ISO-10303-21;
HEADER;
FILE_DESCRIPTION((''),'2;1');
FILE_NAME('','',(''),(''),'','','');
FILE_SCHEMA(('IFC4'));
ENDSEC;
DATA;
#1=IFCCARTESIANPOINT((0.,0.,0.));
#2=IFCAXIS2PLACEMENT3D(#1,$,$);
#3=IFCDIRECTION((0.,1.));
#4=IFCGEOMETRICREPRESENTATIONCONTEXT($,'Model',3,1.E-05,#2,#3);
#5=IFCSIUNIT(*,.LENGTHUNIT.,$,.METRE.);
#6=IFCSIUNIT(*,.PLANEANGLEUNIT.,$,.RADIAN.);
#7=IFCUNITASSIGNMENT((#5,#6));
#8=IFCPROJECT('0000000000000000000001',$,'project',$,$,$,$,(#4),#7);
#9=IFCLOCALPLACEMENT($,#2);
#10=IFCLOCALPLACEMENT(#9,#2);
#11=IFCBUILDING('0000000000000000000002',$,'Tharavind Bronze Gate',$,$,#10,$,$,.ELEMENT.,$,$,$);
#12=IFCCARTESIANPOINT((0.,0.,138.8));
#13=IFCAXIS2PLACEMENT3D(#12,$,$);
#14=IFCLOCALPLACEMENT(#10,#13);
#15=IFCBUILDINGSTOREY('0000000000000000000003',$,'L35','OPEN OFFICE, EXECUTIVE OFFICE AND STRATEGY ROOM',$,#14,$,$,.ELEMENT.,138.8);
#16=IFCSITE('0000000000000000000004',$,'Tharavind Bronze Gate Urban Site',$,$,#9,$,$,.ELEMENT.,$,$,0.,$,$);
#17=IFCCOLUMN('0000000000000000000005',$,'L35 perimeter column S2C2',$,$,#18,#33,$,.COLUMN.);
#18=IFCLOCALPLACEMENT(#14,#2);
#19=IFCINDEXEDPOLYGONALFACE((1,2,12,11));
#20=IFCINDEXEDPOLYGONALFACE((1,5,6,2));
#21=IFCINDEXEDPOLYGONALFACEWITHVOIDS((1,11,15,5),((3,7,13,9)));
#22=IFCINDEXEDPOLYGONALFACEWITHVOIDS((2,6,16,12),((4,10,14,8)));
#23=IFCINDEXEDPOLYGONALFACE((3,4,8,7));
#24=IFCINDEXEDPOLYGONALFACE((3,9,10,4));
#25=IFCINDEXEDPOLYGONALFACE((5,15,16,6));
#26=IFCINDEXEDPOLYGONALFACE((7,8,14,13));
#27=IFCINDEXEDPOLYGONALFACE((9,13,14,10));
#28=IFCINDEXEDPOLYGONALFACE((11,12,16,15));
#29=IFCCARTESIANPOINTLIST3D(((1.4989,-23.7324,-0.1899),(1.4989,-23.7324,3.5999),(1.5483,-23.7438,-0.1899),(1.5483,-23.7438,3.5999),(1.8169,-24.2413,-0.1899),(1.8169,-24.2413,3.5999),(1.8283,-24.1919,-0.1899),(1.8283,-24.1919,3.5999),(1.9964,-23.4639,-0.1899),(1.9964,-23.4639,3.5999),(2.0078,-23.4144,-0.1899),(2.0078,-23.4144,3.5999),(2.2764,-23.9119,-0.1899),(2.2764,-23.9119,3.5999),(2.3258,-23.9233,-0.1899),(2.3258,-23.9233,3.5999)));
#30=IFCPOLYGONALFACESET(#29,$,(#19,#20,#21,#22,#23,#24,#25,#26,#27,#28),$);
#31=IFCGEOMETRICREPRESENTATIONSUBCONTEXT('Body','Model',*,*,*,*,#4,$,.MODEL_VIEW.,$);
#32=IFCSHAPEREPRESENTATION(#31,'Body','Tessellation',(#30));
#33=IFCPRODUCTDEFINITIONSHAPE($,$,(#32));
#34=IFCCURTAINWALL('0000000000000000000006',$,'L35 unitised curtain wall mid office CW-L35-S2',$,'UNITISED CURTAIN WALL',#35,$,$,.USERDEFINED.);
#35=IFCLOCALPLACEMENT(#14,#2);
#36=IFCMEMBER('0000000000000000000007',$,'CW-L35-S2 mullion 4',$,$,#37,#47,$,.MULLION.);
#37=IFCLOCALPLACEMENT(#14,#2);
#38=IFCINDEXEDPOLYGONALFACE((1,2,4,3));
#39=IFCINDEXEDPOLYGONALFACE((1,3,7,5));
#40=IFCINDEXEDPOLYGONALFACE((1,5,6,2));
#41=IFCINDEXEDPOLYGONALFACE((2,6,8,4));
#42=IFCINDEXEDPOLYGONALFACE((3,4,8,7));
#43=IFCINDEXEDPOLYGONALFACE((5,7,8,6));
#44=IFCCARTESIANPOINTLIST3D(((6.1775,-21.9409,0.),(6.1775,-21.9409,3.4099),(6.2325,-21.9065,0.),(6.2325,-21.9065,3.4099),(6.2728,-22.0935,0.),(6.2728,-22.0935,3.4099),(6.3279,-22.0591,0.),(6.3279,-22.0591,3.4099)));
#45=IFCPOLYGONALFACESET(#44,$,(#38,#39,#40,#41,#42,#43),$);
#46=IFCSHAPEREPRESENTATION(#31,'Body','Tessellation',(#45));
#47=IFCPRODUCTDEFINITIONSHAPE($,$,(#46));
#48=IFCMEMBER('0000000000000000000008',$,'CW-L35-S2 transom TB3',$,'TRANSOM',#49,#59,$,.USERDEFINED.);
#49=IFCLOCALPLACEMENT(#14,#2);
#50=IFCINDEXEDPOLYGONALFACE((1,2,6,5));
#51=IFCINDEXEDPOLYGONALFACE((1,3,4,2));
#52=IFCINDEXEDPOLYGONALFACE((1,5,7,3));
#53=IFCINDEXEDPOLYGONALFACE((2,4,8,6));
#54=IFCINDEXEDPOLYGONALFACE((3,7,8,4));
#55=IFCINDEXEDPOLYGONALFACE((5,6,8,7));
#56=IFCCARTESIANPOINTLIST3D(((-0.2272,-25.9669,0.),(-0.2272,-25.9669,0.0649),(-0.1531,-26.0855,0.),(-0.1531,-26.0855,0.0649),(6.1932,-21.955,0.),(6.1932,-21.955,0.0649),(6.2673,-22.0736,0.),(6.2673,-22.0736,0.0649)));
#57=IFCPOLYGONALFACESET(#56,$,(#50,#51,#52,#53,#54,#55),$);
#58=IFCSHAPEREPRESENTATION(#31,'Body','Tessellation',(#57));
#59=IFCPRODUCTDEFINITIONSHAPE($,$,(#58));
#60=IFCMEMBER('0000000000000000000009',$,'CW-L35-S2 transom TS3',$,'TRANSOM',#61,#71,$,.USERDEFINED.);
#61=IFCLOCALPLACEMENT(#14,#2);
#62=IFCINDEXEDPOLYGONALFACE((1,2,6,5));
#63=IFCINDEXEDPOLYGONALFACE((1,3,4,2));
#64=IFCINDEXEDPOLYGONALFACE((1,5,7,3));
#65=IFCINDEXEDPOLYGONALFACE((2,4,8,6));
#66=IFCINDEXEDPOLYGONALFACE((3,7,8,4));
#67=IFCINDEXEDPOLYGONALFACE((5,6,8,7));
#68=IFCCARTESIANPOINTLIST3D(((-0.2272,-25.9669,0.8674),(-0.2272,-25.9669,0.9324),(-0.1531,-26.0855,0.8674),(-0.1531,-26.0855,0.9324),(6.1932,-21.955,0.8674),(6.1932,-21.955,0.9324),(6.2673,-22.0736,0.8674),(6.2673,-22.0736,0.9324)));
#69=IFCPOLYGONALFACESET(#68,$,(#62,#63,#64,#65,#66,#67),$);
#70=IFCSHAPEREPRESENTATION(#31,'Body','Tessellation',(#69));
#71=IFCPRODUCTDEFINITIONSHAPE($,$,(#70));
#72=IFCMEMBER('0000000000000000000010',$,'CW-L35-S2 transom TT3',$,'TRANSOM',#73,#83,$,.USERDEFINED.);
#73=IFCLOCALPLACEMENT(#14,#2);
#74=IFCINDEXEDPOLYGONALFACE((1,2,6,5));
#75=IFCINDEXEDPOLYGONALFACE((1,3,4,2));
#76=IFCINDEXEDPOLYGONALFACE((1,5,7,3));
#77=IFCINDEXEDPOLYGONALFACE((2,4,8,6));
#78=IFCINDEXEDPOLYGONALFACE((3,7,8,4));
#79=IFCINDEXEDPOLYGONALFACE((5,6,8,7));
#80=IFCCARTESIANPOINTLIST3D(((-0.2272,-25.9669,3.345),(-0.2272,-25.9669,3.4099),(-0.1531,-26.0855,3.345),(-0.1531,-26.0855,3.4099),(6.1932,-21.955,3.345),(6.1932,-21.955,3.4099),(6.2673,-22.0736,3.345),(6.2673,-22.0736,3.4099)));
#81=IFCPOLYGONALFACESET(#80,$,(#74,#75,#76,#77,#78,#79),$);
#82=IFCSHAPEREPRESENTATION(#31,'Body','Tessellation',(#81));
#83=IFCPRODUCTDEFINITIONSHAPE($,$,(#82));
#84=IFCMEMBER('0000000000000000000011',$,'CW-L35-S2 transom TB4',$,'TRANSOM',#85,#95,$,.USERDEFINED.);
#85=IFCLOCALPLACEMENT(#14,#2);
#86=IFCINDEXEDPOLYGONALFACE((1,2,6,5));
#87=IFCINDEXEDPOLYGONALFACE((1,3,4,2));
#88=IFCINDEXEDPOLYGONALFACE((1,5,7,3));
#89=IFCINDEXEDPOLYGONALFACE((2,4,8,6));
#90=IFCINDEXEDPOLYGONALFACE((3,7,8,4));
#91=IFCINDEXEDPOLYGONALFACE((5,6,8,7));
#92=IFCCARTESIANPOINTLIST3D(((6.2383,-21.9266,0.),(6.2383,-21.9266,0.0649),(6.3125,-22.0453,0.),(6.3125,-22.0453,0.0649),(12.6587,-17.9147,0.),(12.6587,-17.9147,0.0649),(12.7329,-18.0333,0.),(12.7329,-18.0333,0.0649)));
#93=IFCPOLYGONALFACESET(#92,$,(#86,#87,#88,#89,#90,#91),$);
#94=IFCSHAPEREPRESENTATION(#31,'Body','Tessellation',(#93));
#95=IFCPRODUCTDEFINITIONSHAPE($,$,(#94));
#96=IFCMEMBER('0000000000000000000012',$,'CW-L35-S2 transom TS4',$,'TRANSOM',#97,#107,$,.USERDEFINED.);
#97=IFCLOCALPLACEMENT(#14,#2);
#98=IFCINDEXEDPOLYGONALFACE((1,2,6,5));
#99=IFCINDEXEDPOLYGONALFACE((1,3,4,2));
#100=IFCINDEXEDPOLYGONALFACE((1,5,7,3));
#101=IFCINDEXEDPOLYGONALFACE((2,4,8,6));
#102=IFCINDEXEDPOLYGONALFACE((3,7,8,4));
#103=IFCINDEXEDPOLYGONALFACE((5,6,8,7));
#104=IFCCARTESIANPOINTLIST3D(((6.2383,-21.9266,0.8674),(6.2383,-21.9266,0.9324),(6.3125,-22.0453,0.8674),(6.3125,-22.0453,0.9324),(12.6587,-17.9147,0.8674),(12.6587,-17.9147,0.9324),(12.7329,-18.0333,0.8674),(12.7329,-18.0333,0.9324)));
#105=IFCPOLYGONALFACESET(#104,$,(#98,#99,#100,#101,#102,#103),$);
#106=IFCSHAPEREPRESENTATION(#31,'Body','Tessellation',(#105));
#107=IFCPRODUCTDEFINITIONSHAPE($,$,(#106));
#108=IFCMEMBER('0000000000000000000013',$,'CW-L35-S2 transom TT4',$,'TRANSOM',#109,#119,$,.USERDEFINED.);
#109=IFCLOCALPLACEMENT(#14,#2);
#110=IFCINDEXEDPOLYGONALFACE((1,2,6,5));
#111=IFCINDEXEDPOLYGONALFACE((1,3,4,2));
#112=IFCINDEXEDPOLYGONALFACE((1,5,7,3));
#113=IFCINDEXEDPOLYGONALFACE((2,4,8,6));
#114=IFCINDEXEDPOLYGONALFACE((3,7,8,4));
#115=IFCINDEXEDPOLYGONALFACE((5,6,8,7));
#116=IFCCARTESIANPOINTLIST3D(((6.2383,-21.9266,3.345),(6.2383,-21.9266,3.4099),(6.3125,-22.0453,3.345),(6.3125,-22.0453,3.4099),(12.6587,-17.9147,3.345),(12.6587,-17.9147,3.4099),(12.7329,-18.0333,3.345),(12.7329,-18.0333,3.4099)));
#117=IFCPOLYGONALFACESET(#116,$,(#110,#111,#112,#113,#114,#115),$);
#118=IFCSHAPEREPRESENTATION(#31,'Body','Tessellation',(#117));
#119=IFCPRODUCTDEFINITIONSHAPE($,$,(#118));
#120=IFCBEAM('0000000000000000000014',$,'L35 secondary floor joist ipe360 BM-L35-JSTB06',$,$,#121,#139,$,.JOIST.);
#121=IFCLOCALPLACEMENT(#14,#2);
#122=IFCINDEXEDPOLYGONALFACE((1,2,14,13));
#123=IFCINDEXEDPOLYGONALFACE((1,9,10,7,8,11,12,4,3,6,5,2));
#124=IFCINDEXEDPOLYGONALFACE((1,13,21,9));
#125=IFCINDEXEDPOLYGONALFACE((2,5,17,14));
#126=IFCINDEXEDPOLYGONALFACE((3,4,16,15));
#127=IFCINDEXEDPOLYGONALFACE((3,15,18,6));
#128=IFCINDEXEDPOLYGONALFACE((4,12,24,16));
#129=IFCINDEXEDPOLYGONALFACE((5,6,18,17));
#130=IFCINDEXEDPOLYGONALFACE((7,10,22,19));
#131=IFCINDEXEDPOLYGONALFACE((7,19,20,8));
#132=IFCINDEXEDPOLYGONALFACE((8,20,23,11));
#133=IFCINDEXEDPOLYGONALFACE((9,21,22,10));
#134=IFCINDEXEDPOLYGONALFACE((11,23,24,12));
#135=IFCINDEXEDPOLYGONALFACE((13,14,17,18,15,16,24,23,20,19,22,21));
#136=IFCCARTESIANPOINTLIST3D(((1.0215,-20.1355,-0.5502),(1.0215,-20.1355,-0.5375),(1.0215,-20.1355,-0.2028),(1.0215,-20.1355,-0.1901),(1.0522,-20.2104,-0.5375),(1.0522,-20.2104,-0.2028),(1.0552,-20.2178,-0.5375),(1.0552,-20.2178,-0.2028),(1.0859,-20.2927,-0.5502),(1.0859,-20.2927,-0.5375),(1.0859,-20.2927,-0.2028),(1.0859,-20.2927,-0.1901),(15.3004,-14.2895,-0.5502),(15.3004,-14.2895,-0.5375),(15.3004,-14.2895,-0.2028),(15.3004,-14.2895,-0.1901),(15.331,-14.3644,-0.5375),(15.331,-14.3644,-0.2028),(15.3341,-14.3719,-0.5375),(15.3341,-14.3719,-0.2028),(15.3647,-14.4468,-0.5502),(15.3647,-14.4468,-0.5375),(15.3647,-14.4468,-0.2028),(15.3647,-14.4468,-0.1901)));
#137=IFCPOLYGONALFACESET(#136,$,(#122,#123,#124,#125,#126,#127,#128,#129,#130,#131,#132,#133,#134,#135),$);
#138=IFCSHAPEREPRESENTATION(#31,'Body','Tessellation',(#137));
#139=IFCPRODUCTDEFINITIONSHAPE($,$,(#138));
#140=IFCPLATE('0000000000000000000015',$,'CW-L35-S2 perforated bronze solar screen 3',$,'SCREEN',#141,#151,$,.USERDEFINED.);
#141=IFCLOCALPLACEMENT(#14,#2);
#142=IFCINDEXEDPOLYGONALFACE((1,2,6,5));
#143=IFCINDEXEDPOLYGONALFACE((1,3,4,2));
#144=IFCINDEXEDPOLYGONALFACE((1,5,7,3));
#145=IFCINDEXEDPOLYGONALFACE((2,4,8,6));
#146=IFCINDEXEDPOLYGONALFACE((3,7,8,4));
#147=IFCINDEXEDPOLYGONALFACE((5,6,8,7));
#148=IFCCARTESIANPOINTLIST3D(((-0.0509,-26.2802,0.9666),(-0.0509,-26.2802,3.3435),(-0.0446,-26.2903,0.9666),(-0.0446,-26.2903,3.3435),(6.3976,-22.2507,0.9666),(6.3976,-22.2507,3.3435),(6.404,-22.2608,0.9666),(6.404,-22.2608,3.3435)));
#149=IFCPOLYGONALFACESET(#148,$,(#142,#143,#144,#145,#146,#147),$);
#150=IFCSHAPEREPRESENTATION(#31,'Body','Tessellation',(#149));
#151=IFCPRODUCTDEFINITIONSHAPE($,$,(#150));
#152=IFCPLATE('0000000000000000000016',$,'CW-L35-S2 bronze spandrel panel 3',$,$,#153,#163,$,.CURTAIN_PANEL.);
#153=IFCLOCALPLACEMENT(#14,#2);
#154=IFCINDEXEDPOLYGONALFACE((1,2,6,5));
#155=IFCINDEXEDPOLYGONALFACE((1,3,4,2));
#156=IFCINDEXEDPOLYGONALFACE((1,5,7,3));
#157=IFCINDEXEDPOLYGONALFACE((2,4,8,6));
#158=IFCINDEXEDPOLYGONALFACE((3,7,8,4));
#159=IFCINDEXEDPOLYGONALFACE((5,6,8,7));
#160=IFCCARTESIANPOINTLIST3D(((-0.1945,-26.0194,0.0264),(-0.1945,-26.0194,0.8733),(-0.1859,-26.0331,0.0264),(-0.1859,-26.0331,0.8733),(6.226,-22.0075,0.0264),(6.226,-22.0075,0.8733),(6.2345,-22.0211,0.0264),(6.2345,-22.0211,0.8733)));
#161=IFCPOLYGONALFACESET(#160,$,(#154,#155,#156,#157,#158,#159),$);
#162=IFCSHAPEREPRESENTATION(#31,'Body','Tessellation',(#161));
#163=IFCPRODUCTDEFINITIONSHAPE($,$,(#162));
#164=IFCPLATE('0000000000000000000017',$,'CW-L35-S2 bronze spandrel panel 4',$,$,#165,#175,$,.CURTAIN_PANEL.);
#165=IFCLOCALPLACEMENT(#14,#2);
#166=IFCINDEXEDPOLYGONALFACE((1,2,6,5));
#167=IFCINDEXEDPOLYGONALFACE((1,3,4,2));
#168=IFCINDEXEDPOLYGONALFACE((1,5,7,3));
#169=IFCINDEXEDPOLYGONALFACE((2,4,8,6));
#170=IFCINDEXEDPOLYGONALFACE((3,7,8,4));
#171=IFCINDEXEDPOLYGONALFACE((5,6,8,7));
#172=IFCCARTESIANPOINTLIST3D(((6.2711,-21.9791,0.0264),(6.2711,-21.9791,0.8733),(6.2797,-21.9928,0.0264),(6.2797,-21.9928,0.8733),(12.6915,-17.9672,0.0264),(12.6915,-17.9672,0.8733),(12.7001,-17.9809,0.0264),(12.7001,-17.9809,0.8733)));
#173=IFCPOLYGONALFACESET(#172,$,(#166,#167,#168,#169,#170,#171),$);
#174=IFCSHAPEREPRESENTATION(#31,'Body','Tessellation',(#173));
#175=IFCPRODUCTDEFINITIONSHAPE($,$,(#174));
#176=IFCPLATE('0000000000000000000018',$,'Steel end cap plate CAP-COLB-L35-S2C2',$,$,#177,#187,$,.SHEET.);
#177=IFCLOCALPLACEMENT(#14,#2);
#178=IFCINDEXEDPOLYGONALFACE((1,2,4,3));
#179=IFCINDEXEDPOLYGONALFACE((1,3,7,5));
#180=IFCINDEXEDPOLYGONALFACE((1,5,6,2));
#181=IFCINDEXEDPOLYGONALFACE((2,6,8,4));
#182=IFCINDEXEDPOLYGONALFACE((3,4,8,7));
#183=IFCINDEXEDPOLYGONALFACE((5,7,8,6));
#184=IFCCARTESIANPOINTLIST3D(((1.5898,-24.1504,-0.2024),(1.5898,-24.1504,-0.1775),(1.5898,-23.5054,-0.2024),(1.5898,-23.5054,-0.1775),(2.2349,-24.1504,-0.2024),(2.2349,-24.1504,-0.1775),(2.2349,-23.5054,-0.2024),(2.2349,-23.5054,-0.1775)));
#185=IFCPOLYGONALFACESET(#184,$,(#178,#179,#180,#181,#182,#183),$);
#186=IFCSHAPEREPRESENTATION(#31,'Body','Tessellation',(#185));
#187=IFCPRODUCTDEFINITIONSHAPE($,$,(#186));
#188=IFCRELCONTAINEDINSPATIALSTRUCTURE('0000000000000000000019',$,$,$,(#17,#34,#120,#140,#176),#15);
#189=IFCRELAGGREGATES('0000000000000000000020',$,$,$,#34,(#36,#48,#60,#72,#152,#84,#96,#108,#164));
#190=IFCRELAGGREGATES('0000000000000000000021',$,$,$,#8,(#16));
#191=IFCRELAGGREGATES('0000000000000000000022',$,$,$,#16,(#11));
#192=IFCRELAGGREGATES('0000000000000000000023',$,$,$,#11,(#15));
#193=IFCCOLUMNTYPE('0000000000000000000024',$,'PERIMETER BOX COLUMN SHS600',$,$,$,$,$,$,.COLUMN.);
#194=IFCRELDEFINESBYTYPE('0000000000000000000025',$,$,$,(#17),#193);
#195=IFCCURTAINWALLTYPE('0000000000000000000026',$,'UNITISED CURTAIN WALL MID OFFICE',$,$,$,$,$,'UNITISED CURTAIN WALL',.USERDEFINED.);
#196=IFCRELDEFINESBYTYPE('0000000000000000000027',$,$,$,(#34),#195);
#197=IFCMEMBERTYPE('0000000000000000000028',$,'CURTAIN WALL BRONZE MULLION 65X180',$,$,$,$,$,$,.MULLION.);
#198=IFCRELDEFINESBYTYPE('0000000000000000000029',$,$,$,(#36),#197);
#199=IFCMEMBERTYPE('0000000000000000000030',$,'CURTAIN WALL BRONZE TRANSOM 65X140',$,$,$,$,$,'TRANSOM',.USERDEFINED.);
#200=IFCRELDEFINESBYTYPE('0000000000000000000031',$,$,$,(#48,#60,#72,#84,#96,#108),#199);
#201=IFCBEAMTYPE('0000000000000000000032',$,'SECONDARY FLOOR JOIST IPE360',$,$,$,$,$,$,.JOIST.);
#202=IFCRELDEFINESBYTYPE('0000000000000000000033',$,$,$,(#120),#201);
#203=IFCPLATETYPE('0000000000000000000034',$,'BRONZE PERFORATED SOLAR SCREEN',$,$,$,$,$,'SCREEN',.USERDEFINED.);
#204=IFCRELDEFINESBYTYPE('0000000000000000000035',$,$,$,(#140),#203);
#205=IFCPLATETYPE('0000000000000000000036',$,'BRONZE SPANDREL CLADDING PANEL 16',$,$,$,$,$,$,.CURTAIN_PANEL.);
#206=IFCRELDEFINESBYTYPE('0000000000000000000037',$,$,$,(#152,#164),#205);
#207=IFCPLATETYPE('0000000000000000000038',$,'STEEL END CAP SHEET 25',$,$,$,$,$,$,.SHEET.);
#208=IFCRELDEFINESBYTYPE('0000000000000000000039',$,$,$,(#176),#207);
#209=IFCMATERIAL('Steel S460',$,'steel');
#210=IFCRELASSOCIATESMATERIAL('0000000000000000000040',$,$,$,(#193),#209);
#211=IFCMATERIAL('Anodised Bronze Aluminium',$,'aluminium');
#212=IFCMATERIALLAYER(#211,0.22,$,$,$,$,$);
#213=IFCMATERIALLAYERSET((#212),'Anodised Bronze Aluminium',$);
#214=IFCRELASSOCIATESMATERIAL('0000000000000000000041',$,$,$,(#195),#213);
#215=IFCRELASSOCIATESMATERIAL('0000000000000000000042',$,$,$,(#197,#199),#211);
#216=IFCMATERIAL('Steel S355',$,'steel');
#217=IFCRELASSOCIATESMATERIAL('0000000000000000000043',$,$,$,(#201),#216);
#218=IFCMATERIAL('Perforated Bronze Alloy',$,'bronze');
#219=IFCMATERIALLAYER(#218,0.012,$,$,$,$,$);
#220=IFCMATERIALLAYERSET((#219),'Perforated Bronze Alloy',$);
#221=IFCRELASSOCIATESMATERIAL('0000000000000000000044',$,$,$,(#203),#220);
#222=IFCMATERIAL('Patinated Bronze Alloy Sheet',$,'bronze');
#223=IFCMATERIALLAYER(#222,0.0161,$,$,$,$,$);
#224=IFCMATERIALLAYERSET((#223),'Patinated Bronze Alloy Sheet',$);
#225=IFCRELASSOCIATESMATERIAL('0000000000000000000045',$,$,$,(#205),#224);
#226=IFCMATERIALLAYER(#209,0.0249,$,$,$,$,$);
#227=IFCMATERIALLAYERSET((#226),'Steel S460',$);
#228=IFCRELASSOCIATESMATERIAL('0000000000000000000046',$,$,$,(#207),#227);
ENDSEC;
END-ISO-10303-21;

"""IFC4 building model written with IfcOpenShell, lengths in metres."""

from ifc_helpers import new_model, si_unit, direction, frame, origin, origin_2d, place, context, subcontext, project, spatial, rectangle, hollow_rectangle, i_section, extrude, material, layer, layer_set, material_profile, profile_set, type_object, element, aggregate, save


model = new_model("IFC4")

# Units and contexts
model_context = context("Model", 3, precision=1e-05, world=origin(), true_north=direction((0.0, 1.0)))
body_context = subcontext(model_context, "Body", "Model", "MODEL_VIEW")
ifc_project = project(units=[si_unit("LENGTHUNIT", "METRE"), si_unit("PLANEANGLEUNIT", "RADIAN")], contexts=[model_context])

# Site, building, storey
site_placement = place(None, origin())
site = spatial("IfcSite", under=ifc_project, at=site_placement, Name="Tharavind Bronze Gate Urban Site", CompositionType="ELEMENT", RefElevation=0.0)
building_placement = place(site_placement, origin())
building = spatial("IfcBuilding", under=site, at=building_placement, Name="Tharavind Bronze Gate", CompositionType="ELEMENT")
storey_placement = place(building_placement, frame((0.0, 0.0, 138.8)))
storey = spatial("IfcBuildingStorey", under=building, at=storey_placement, Name="L35", Description="OPEN OFFICE, EXECUTIVE OFFICE AND STRATEGY ROOM", CompositionType="ELEMENT", Elevation=138.8)

# Column
ifc_material_1 = material(Name="Steel S460", Category="steel")
ifc_material_profile_1 = material_profile(ifc_material_1, hollow_rectangle(XDim=0.6001, YDim=0.6001, WallThickness=0.0359, at=origin_2d()), Name="SHS600X36")
ifc_profile_set_1 = profile_set([ifc_material_profile_1], Name="Steel S460")
column_type = type_object("IfcColumnType", Name="PERIMETER BOX COLUMN SHS600", PredefinedType="COLUMN", material=ifc_profile_set_1)
column_placement = place(storey_placement, frame((1.9124, -23.8279, -0.1899), z_axis=(0.0, 0.0, 1.0), x_axis=(0.848047, 0.529921, 0.0)))
element("IfcColumn", 1, at=column_placement, inside=storey, type_object=column_type, Name="L35 perimeter column S2C2", PredefinedType="COLUMN", context=body_context, shape_type="SweptSolid", body=[
    extrude(hollow_rectangle(XDim=0.6001, YDim=0.6001, WallThickness=0.0359, at=origin_2d()), origin(), (0.0, 0.0, 1.0), 3.7898),
])

# Curtain wall, members
ifc_material_2 = material(Name="Anodised Bronze Aluminium", Category="aluminium")
ifc_layer_1 = layer(ifc_material_2, 0.22)
ifc_layer_set_1 = layer_set([ifc_layer_1], Name="Anodised Bronze Aluminium")
curtain_wall_type = type_object("IfcCurtainWallType", Name="UNITISED CURTAIN WALL MID OFFICE", ElementType="UNITISED CURTAIN WALL", PredefinedType="USERDEFINED", material=ifc_layer_set_1)
curtain_wall_placement = place(storey_placement, origin())
curtain_wall = element("IfcCurtainWall", 2, at=curtain_wall_placement, inside=storey, type_object=curtain_wall_type, Name="L35 unitised curtain wall mid office CW-L35-S2", ObjectType="UNITISED CURTAIN WALL", PredefinedType="USERDEFINED")
member_type_1 = type_object("IfcMemberType", Name="CURTAIN WALL BRONZE MULLION 65X180", PredefinedType="MULLION", material=ifc_material_2)
member_1_placement = place(storey_placement, frame((6.2527, -22.0, 0.0), z_axis=(0.0, 0.0, 1.0), x_axis=(0.848048, 0.529919, 0.0)))
member_1 = element("IfcMember", 3, at=member_1_placement, type_object=member_type_1, Name="CW-L35-S2 mullion 4", PredefinedType="MULLION", context=body_context, shape_type="SweptSolid", body=[
    extrude(rectangle(XDim=0.0649, YDim=0.1799, at=origin_2d()), origin(), (0.0, 0.0, 1.0), 3.4099),
])
member_type_2 = type_object("IfcMemberType", Name="CURTAIN WALL BRONZE TRANSOM 65X140", ElementType="TRANSOM", PredefinedType="USERDEFINED", material=ifc_material_2)
member_2_placement = place(storey_placement, frame((3.02, -24.0203, 0.0), z_axis=(0.0, 0.0, 1.0), x_axis=(0.848048, 0.529919, 0.0)))
member_2 = element("IfcMember", 4, at=member_2_placement, type_object=member_type_2, Name="CW-L35-S2 transom TB3", ObjectType="TRANSOM", PredefinedType="USERDEFINED", context=body_context, shape_type="SweptSolid", body=[
    extrude(rectangle(XDim=7.5708, YDim=0.1399, at=origin_2d()), origin(), (0.0, 0.0, 1.0), 0.0649),
])
member_3_placement = place(storey_placement, frame((3.02, -24.0203, 0.8674), z_axis=(0.0, 0.0, 1.0), x_axis=(0.848048, 0.529919, 0.0)))
member_3 = element("IfcMember", 5, at=member_3_placement, type_object=member_type_2, Name="CW-L35-S2 transom TS3", ObjectType="TRANSOM", PredefinedType="USERDEFINED", context=body_context, shape_type="SweptSolid", body=[
    extrude(rectangle(XDim=7.5708, YDim=0.1399, at=origin_2d()), origin(), (0.0, 0.0, 1.0), 0.0649),
])
member_4_placement = place(storey_placement, frame((3.02, -24.0203, 3.345), z_axis=(0.0, 0.0, 1.0), x_axis=(0.848048, 0.529919, 0.0)))
member_4 = element("IfcMember", 6, at=member_4_placement, type_object=member_type_2, Name="CW-L35-S2 transom TT3", ObjectType="TRANSOM", PredefinedType="USERDEFINED", context=body_context, shape_type="SweptSolid", body=[
    extrude(rectangle(XDim=7.5708, YDim=0.1399, at=origin_2d()), origin(), (0.0, 0.0, 1.0), 0.0649),
])
member_5_placement = place(storey_placement, frame((9.4856, -19.98, 0.0), z_axis=(0.0, 0.0, 1.0), x_axis=(0.848048, 0.529919, 0.0)))
member_5 = element("IfcMember", 7, at=member_5_placement, type_object=member_type_2, Name="CW-L35-S2 transom TB4", ObjectType="TRANSOM", PredefinedType="USERDEFINED", context=body_context, shape_type="SweptSolid", body=[
    extrude(rectangle(XDim=7.5708, YDim=0.1399, at=origin_2d()), origin(), (0.0, 0.0, 1.0), 0.0649),
])
member_6_placement = place(storey_placement, frame((9.4856, -19.98, 0.8674), z_axis=(0.0, 0.0, 1.0), x_axis=(0.848048, 0.529919, 0.0)))
member_6 = element("IfcMember", 8, at=member_6_placement, type_object=member_type_2, Name="CW-L35-S2 transom TS4", ObjectType="TRANSOM", PredefinedType="USERDEFINED", context=body_context, shape_type="SweptSolid", body=[
    extrude(rectangle(XDim=7.5708, YDim=0.1399, at=origin_2d()), origin(), (0.0, 0.0, 1.0), 0.0649),
])
member_7_placement = place(storey_placement, frame((9.4856, -19.98, 3.345), z_axis=(0.0, 0.0, 1.0), x_axis=(0.848048, 0.529919, 0.0)))
member_7 = element("IfcMember", 9, at=member_7_placement, type_object=member_type_2, Name="CW-L35-S2 transom TT4", ObjectType="TRANSOM", PredefinedType="USERDEFINED", context=body_context, shape_type="SweptSolid", body=[
    extrude(rectangle(XDim=7.5708, YDim=0.1399, at=origin_2d()), origin(), (0.0, 0.0, 1.0), 0.0649),
])

# Beam
ifc_material_3 = material(Name="Steel S355", Category="steel")
ifc_material_profile_2 = material_profile(ifc_material_3, i_section(OverallWidth=0.1699, OverallDepth=0.3601, WebThickness=0.0081, FlangeThickness=0.0127, at=origin_2d()), Name="IPE360")
ifc_profile_set_2 = profile_set([ifc_material_profile_2], Name="Steel S355")
beam_type = type_object("IfcBeamType", Name="SECONDARY FLOOR JOIST IPE360", PredefinedType="JOIST", material=ifc_profile_set_2)
beam_placement = place(storey_placement, frame((1.0537, -20.2141, -0.3701), z_axis=(0.925442, 0.378889, 0.0), x_axis=(-0.378889, 0.925442, 0.0)))
element("IfcBeam", 10, at=beam_placement, inside=storey, type_object=beam_type, Name="L35 secondary floor joist ipe360 BM-L35-JSTB06", PredefinedType="JOIST", context=body_context, shape_type="SweptSolid", body=[
    extrude(i_section(OverallWidth=0.1699, OverallDepth=0.3601, WebThickness=0.0081, FlangeThickness=0.0127, at=origin_2d()), origin(), (0.0, 0.0, 1.0), 15.4292),
])

# Plates
ifc_material_4 = material(Name="Perforated Bronze Alloy", Category="bronze")
ifc_layer_2 = layer(ifc_material_4, 0.012)
ifc_layer_set_2 = layer_set([ifc_layer_2], Name="Perforated Bronze Alloy")
plate_type_1 = type_object("IfcPlateType", Name="BRONZE PERFORATED SOLAR SCREEN", ElementType="SCREEN", PredefinedType="USERDEFINED", material=ifc_layer_set_2)
plate_1_placement = place(storey_placement, frame((3.1765, -24.2705, 0.9666), z_axis=(0.0, 0.0, 1.0), x_axis=(0.848048, 0.529919, 0.0)))
element("IfcPlate", 11, at=plate_1_placement, inside=storey, type_object=plate_type_1, Name="CW-L35-S2 perforated bronze solar screen 3", ObjectType="SCREEN", PredefinedType="USERDEFINED", context=body_context, shape_type="SweptSolid", body=[
    extrude(rectangle(XDim=7.604, YDim=0.012, at=origin_2d()), origin(), (0.0, 0.0, 1.0), 2.377),
])
ifc_material_5 = material(Name="Patinated Bronze Alloy Sheet", Category="bronze")
ifc_layer_3 = layer(ifc_material_5, 0.0161)
ifc_layer_set_3 = layer_set([ifc_layer_3], Name="Patinated Bronze Alloy Sheet")
plate_type_2 = type_object("IfcPlateType", Name="BRONZE SPANDREL CLADDING PANEL 16", PredefinedType="CURTAIN_PANEL", material=ifc_layer_set_3)
plate_2_placement = place(storey_placement, frame((3.02, -24.0203, 0.0264), z_axis=(0.0, 0.0, 1.0), x_axis=(0.848048, 0.529919, 0.0)))
plate_2 = element("IfcPlate", 12, at=plate_2_placement, type_object=plate_type_2, Name="CW-L35-S2 bronze spandrel panel 3", PredefinedType="CURTAIN_PANEL", context=body_context, shape_type="SweptSolid", body=[
    extrude(rectangle(XDim=7.5708, YDim=0.0161, at=origin_2d()), origin(), (0.0, 0.0, 1.0), 0.8469),
])
plate_3_placement = place(storey_placement, frame((9.4856, -19.98, 0.0264), z_axis=(0.0, 0.0, 1.0), x_axis=(0.848048, 0.529919, 0.0)))
plate_3 = element("IfcPlate", 13, at=plate_3_placement, type_object=plate_type_2, Name="CW-L35-S2 bronze spandrel panel 4", PredefinedType="CURTAIN_PANEL", context=body_context, shape_type="SweptSolid", body=[
    extrude(rectangle(XDim=7.5708, YDim=0.0161, at=origin_2d()), origin(), (0.0, 0.0, 1.0), 0.8469),
])
ifc_layer_4 = layer(ifc_material_1, 0.0249)
ifc_layer_set_4 = layer_set([ifc_layer_4], Name="Steel S460")
plate_type_3 = type_object("IfcPlateType", Name="STEEL END CAP SHEET 25", PredefinedType="SHEET", material=ifc_layer_set_4)
plate_4_placement = place(storey_placement, frame((1.9124, -23.8279, -0.2024), z_axis=(0.0, 0.0, 1.0), x_axis=(1.0, 0.0, 0.0)))
element("IfcPlate", 14, at=plate_4_placement, inside=storey, type_object=plate_type_3, Name="Steel end cap plate CAP-COLB-L35-S2C2", PredefinedType="SHEET", context=body_context, shape_type="SweptSolid", body=[
    extrude(rectangle(XDim=0.645, YDim=0.645, at=origin_2d()), origin(), (0.0, 0.0, 1.0), 0.0249),
])
aggregate(curtain_wall, [member_1, member_2, member_3, member_4, plate_2, member_5, member_6, member_7, plate_3])

save(model, "model.ifc")
